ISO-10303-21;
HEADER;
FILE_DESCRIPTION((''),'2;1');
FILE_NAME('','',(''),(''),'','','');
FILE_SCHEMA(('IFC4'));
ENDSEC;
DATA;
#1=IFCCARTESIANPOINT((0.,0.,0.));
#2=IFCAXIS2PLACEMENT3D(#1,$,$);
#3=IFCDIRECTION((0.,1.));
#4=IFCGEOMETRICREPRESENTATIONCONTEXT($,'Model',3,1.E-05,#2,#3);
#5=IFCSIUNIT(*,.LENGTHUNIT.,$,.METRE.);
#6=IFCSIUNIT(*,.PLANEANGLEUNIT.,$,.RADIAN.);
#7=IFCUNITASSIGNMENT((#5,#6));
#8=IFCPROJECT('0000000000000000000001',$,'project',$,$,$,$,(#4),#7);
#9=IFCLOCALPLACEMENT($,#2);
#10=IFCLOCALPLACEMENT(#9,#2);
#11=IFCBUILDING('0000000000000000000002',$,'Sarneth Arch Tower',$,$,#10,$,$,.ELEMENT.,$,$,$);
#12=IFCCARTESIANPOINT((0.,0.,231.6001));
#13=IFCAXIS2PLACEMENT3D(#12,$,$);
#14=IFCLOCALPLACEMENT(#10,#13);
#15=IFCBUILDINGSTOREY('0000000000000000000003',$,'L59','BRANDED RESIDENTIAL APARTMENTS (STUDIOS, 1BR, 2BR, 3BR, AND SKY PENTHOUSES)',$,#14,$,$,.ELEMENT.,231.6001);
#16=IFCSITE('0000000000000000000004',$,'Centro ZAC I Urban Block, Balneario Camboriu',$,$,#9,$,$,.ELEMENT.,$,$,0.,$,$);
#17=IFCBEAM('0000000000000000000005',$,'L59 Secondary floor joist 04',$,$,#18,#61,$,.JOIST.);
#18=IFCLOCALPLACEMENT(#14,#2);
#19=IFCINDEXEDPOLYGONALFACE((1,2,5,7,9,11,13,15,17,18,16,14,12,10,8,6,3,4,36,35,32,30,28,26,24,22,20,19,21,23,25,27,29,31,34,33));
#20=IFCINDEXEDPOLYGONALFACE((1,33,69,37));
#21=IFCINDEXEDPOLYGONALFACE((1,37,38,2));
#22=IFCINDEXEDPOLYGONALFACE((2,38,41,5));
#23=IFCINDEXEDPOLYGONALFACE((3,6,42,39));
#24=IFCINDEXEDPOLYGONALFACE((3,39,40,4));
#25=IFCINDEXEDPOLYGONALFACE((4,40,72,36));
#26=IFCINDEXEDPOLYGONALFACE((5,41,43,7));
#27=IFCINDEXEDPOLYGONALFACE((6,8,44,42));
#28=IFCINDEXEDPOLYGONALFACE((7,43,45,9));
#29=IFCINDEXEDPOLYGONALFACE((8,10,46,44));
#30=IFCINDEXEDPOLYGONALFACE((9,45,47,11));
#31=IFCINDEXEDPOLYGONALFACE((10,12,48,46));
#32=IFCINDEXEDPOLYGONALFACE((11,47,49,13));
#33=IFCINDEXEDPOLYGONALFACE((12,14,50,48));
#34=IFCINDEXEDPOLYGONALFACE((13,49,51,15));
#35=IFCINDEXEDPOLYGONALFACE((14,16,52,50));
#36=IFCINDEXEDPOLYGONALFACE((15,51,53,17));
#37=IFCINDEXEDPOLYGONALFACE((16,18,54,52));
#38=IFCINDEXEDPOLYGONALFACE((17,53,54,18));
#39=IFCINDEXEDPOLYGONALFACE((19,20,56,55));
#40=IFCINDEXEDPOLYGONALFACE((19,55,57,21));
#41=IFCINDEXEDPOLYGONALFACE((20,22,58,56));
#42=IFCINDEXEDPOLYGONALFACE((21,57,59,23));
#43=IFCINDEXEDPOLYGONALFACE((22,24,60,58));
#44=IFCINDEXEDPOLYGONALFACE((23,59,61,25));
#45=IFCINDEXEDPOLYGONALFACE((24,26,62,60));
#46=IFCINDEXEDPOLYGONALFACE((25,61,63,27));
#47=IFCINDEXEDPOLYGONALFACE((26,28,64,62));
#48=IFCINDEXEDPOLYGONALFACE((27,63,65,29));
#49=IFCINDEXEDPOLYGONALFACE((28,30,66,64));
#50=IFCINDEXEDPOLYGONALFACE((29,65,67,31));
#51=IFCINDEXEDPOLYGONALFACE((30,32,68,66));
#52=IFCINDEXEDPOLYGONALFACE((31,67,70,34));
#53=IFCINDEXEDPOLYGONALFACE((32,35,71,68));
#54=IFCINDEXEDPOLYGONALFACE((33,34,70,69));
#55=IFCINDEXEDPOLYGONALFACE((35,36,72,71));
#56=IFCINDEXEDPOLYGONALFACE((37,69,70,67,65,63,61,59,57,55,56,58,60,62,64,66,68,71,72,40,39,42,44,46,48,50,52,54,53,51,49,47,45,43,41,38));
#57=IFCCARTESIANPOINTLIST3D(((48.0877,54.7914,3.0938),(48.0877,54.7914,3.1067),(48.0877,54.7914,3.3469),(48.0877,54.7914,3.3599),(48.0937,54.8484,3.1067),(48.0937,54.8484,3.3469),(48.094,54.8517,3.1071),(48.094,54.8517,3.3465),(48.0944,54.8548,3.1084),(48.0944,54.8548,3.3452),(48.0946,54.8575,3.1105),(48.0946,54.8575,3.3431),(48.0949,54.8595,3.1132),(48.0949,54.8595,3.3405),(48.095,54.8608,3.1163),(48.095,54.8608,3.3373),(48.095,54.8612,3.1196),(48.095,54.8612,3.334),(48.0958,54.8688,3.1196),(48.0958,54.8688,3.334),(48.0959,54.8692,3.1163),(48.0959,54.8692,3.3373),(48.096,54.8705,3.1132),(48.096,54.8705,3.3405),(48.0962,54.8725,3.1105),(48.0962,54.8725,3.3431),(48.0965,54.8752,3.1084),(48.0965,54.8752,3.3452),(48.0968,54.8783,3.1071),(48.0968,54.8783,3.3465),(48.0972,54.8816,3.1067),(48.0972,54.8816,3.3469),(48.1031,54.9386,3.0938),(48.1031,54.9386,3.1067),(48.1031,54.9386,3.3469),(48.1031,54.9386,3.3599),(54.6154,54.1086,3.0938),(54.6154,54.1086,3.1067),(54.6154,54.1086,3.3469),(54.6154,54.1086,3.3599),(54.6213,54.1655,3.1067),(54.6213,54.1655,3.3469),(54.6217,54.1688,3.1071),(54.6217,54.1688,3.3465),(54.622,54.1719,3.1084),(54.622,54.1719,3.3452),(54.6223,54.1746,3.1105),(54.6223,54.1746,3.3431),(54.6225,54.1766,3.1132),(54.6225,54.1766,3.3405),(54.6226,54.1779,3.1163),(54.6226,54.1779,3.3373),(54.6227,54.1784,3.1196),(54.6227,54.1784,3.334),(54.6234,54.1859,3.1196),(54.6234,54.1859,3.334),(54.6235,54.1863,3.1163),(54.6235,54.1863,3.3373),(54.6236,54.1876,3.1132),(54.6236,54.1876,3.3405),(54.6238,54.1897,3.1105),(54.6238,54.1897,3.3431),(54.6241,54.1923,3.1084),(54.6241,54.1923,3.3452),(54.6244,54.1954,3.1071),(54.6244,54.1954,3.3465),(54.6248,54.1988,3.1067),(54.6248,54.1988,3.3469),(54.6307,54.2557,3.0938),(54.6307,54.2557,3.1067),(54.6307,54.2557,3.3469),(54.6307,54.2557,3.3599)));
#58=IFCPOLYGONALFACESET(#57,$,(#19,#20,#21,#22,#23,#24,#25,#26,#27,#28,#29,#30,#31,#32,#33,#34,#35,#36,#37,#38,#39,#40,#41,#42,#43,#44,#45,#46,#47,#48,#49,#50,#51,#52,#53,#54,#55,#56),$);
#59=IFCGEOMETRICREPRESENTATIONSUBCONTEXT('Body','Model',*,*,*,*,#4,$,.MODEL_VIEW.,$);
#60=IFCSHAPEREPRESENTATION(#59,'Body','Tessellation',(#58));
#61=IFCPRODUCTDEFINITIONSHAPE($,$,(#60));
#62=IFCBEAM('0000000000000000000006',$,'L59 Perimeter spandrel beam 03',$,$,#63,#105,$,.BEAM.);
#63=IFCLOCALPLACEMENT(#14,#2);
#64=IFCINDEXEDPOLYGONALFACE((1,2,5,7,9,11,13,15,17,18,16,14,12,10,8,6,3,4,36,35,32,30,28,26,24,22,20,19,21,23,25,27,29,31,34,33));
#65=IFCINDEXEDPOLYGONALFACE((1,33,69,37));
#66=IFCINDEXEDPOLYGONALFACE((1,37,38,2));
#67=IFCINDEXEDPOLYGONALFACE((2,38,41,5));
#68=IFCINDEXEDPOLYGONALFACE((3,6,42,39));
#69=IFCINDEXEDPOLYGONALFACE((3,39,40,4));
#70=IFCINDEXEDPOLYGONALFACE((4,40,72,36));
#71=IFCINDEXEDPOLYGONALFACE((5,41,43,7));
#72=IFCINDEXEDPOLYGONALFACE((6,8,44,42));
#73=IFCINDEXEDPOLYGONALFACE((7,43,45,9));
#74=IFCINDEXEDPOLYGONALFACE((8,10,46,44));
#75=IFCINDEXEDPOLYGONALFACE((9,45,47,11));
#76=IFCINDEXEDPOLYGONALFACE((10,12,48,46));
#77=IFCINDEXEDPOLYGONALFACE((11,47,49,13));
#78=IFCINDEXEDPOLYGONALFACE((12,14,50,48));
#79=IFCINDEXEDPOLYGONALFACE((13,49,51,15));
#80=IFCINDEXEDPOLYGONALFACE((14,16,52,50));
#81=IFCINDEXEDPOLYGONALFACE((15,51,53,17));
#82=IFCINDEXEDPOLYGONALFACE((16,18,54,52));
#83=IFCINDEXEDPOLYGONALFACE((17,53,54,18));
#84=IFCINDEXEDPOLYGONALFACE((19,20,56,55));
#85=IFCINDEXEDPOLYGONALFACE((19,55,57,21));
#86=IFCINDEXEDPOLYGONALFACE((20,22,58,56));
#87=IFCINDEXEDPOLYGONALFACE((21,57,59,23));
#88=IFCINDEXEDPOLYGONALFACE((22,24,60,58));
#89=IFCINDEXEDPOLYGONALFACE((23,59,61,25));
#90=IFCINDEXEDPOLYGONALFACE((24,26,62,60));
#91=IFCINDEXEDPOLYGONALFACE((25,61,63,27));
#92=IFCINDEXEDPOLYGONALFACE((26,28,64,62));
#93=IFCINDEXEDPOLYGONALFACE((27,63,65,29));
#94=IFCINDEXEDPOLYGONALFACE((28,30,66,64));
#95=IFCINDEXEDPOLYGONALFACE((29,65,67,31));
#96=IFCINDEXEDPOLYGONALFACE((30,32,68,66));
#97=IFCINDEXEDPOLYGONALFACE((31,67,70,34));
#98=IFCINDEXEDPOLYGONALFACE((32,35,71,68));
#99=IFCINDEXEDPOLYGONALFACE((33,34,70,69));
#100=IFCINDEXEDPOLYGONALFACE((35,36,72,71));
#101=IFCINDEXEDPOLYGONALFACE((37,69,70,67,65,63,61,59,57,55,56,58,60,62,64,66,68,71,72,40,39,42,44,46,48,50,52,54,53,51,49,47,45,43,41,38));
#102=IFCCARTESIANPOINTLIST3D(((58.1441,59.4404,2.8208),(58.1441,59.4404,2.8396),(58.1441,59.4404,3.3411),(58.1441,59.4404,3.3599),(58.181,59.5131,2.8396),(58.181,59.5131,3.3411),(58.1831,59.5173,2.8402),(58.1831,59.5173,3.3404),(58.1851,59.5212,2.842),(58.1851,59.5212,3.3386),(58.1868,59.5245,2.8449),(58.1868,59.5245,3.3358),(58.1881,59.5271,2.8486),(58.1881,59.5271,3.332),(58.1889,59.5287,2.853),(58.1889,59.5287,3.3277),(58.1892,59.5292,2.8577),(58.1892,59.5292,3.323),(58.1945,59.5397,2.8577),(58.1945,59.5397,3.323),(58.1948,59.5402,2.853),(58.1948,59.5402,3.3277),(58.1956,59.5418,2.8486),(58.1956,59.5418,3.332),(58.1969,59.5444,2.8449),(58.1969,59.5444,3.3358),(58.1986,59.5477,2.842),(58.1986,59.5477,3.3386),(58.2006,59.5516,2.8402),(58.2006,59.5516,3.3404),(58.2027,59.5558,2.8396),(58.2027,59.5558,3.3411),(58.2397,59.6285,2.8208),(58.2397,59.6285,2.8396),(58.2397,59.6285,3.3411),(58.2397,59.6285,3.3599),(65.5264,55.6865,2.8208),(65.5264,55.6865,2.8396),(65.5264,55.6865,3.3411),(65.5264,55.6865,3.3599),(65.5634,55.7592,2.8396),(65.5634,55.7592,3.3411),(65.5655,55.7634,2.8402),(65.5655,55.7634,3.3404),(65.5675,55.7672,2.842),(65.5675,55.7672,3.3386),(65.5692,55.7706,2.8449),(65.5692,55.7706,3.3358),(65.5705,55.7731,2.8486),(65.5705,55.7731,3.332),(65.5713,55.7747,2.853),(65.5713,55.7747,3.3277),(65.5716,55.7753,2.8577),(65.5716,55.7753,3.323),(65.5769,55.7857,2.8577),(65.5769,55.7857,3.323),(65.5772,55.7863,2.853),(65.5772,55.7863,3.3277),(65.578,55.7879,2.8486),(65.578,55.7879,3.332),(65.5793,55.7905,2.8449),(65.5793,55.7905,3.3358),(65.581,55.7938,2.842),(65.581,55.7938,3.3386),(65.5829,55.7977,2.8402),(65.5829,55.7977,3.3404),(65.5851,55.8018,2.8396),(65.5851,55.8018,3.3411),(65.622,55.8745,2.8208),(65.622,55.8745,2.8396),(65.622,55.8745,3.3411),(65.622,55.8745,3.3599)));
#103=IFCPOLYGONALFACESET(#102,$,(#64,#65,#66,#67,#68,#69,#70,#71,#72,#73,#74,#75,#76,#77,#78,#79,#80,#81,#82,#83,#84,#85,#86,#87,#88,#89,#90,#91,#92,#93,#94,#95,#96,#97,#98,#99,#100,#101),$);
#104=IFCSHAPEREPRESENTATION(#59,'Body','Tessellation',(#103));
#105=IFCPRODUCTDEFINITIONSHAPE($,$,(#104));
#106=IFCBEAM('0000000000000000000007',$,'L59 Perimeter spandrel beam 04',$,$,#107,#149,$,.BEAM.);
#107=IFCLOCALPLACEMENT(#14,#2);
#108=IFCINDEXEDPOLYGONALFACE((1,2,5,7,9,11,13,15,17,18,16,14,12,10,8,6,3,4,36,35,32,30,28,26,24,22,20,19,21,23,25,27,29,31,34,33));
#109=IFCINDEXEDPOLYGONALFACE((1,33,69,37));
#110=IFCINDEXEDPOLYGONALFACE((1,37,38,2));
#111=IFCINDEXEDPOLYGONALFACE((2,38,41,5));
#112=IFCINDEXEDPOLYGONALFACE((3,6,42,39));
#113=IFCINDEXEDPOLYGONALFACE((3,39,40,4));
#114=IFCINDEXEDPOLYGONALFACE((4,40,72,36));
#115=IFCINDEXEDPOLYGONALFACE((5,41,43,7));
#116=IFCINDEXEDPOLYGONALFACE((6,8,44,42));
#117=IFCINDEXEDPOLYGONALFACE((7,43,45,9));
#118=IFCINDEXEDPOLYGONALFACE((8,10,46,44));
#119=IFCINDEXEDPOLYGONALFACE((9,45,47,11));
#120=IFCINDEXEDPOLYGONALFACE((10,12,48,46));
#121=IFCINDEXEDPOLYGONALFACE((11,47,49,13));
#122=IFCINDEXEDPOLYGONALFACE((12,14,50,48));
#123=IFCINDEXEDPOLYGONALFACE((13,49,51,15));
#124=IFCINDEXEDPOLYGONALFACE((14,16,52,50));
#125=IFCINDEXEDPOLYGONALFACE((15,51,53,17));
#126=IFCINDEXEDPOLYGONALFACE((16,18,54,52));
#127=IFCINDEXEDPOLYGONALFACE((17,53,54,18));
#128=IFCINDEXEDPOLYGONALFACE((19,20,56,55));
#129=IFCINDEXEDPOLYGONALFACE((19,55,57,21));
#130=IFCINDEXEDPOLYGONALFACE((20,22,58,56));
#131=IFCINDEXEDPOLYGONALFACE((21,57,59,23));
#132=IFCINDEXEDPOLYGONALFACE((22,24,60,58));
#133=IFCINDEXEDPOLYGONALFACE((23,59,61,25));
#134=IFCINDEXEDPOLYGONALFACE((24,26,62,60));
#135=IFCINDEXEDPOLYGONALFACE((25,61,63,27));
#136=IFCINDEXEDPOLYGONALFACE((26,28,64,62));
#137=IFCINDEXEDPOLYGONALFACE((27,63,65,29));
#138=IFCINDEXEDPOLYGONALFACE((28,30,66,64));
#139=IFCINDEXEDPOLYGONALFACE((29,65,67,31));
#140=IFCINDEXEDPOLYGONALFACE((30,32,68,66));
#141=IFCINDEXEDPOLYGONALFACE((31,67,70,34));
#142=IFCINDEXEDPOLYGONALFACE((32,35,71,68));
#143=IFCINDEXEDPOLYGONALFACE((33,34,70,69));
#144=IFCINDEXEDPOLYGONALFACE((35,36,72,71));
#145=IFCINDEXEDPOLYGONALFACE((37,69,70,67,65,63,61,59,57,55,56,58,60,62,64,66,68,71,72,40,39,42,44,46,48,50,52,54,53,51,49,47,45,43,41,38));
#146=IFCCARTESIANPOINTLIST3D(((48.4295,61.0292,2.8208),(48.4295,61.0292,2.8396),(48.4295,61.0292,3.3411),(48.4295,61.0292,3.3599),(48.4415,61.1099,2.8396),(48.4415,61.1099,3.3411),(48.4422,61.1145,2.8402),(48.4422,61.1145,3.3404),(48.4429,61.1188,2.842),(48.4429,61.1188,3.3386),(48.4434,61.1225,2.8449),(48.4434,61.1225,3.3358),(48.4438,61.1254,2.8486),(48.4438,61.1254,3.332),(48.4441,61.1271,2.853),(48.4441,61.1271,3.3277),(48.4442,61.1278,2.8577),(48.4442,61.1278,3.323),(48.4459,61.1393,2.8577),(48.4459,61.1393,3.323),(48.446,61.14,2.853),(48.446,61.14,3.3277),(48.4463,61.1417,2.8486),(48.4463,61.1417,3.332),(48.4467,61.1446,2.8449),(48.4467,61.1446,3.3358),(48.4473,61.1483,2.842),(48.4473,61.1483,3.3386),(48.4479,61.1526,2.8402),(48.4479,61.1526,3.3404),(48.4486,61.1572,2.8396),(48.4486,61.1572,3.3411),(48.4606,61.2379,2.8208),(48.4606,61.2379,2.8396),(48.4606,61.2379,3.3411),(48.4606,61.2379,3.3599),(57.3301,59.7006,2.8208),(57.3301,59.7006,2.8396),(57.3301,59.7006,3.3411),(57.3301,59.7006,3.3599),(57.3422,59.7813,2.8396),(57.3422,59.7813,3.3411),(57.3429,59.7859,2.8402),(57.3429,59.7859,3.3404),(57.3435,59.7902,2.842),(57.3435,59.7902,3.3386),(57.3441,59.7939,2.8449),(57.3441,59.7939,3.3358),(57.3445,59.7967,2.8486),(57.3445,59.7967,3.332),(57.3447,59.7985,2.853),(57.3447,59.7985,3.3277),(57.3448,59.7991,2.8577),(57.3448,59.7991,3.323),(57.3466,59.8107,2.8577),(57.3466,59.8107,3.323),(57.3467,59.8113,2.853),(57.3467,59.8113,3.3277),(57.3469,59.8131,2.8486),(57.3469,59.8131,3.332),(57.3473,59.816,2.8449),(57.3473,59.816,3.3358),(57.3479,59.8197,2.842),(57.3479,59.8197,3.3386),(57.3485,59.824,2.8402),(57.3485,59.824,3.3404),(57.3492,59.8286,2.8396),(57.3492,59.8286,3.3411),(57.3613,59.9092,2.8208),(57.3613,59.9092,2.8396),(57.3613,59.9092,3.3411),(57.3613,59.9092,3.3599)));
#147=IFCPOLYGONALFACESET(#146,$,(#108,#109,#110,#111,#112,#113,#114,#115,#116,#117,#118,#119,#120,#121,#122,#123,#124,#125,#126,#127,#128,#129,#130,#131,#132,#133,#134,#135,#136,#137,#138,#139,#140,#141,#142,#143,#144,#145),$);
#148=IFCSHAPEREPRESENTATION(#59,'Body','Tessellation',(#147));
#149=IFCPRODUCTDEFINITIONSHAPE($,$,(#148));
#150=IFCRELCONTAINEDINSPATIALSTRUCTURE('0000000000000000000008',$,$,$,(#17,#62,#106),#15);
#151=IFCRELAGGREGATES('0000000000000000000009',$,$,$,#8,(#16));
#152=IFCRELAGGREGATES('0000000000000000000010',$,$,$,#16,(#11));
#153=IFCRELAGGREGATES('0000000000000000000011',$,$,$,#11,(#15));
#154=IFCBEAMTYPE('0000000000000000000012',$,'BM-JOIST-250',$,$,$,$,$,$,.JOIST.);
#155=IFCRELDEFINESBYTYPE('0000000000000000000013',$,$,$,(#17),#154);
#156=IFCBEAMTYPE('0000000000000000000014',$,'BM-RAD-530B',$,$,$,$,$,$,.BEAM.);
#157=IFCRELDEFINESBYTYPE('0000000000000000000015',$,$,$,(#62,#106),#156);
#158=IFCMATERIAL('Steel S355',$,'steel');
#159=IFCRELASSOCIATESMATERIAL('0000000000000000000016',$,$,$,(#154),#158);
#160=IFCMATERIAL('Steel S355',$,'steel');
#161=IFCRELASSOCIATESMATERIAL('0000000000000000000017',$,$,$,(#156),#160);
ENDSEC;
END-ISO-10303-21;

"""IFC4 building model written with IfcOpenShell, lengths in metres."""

from ifc_helpers import new_model, si_unit, direction, frame, origin, origin_2d, place, context, subcontext, project, spatial, i_section, extrude, material, material_profile, profile_set, type_object, element, save


model = new_model("IFC4")

# Units and contexts
model_context = context("Model", 3, precision=1e-05, world=origin(), true_north=direction((0.0, 1.0)))
body_context = subcontext(model_context, "Body", "Model", "MODEL_VIEW")
ifc_project = project(units=[si_unit("LENGTHUNIT", "METRE"), si_unit("PLANEANGLEUNIT", "RADIAN")], contexts=[model_context])

# Site, building, storey
site_placement = place(None, origin())
site = spatial("IfcSite", under=ifc_project, at=site_placement, Name="Centro ZAC I Urban Block, Balneario Camboriu", CompositionType="ELEMENT", RefElevation=0.0)
building_placement = place(site_placement, origin())
building = spatial("IfcBuilding", under=site, at=building_placement, Name="Sarneth Arch Tower", CompositionType="ELEMENT")
storey_placement = place(building_placement, frame((0.0, 0.0, 231.6001)))
storey = spatial("IfcBuildingStorey", under=building, at=storey_placement, Name="L59", Description="BRANDED RESIDENTIAL APARTMENTS (STUDIOS, 1BR, 2BR, 3BR, AND SKY PENTHOUSES)", CompositionType="ELEMENT", Elevation=231.6001)

# Beams
ifc_material_1 = material(Name="Steel S355", Category="steel")
ifc_material_profile_1 = material_profile(ifc_material_1, i_section(OverallWidth=0.1479, OverallDepth=0.2661, WebThickness=0.0076, FlangeThickness=0.0129, FilletRadius=0.0129, at=origin_2d()), Name="W250x44.8")
ifc_profile_set_1 = profile_set([ifc_material_profile_1], Name="Steel S355")
beam_type_1 = type_object("IfcBeamType", Name="BM-JOIST-250", PredefinedType="JOIST", material=ifc_profile_set_1)
beam_1_placement = place(storey_placement, frame((54.623, 54.1821, 3.2268), z_axis=(-0.994573, 0.104044, 0.0), x_axis=(-0.104044, -0.994573, 0.0)))
element("IfcBeam", 1, at=beam_1_placement, inside=storey, type_object=beam_type_1, Name="L59 Secondary floor joist 04", PredefinedType="JOIST", context=body_context, shape_type="SweptSolid", body=[
    extrude(i_section(OverallWidth=0.1479, OverallDepth=0.2661, WebThickness=0.0076, FlangeThickness=0.0129, FilletRadius=0.0129, at=origin_2d()), origin(), (0.0, 0.0, 1.0), 6.5632),
])
ifc_material_2 = material(Name="Steel S355", Category="steel")
ifc_material_profile_2 = material_profile(ifc_material_2, i_section(OverallWidth=0.2109, OverallDepth=0.5391, WebThickness=0.0117, FlangeThickness=0.0188, FilletRadius=0.0181, at=origin_2d()), Name="W530x109")
ifc_profile_set_2 = profile_set([ifc_material_profile_2], Name="Steel S355")
beam_type_2 = type_object("IfcBeamType", Name="BM-RAD-530B", PredefinedType="BEAM", material=ifc_profile_set_2)
beam_2_placement = place(storey_placement, frame((65.5742, 55.7805, 3.0903), z_axis=(-0.891376, 0.453264, 0.0), x_axis=(-0.453264, -0.891376, 0.0)))
element("IfcBeam", 2, at=beam_2_placement, inside=storey, type_object=beam_type_2, Name="L59 Perimeter spandrel beam 03", PredefinedType="BEAM", context=body_context, shape_type="SweptSolid", body=[
    extrude(i_section(OverallWidth=0.2109, OverallDepth=0.5391, WebThickness=0.0117, FlangeThickness=0.0188, FilletRadius=0.0181, at=origin_2d()), origin(), (0.0, 0.0, 1.0), 8.282),
])
beam_3_placement = place(storey_placement, frame((57.3457, 59.8049, 3.0903), z_axis=(-0.989042, 0.147636, 0.0), x_axis=(-0.147636, -0.989042, 0.0)))
element("IfcBeam", 3, at=beam_3_placement, inside=storey, type_object=beam_type_2, Name="L59 Perimeter spandrel beam 04", PredefinedType="BEAM", context=body_context, shape_type="SweptSolid", body=[
    extrude(i_section(OverallWidth=0.2109, OverallDepth=0.5391, WebThickness=0.0117, FlangeThickness=0.0188, FilletRadius=0.0181, at=origin_2d()), origin(), (0.0, 0.0, 1.0), 8.9993),
])

save(model, "model.ifc")
